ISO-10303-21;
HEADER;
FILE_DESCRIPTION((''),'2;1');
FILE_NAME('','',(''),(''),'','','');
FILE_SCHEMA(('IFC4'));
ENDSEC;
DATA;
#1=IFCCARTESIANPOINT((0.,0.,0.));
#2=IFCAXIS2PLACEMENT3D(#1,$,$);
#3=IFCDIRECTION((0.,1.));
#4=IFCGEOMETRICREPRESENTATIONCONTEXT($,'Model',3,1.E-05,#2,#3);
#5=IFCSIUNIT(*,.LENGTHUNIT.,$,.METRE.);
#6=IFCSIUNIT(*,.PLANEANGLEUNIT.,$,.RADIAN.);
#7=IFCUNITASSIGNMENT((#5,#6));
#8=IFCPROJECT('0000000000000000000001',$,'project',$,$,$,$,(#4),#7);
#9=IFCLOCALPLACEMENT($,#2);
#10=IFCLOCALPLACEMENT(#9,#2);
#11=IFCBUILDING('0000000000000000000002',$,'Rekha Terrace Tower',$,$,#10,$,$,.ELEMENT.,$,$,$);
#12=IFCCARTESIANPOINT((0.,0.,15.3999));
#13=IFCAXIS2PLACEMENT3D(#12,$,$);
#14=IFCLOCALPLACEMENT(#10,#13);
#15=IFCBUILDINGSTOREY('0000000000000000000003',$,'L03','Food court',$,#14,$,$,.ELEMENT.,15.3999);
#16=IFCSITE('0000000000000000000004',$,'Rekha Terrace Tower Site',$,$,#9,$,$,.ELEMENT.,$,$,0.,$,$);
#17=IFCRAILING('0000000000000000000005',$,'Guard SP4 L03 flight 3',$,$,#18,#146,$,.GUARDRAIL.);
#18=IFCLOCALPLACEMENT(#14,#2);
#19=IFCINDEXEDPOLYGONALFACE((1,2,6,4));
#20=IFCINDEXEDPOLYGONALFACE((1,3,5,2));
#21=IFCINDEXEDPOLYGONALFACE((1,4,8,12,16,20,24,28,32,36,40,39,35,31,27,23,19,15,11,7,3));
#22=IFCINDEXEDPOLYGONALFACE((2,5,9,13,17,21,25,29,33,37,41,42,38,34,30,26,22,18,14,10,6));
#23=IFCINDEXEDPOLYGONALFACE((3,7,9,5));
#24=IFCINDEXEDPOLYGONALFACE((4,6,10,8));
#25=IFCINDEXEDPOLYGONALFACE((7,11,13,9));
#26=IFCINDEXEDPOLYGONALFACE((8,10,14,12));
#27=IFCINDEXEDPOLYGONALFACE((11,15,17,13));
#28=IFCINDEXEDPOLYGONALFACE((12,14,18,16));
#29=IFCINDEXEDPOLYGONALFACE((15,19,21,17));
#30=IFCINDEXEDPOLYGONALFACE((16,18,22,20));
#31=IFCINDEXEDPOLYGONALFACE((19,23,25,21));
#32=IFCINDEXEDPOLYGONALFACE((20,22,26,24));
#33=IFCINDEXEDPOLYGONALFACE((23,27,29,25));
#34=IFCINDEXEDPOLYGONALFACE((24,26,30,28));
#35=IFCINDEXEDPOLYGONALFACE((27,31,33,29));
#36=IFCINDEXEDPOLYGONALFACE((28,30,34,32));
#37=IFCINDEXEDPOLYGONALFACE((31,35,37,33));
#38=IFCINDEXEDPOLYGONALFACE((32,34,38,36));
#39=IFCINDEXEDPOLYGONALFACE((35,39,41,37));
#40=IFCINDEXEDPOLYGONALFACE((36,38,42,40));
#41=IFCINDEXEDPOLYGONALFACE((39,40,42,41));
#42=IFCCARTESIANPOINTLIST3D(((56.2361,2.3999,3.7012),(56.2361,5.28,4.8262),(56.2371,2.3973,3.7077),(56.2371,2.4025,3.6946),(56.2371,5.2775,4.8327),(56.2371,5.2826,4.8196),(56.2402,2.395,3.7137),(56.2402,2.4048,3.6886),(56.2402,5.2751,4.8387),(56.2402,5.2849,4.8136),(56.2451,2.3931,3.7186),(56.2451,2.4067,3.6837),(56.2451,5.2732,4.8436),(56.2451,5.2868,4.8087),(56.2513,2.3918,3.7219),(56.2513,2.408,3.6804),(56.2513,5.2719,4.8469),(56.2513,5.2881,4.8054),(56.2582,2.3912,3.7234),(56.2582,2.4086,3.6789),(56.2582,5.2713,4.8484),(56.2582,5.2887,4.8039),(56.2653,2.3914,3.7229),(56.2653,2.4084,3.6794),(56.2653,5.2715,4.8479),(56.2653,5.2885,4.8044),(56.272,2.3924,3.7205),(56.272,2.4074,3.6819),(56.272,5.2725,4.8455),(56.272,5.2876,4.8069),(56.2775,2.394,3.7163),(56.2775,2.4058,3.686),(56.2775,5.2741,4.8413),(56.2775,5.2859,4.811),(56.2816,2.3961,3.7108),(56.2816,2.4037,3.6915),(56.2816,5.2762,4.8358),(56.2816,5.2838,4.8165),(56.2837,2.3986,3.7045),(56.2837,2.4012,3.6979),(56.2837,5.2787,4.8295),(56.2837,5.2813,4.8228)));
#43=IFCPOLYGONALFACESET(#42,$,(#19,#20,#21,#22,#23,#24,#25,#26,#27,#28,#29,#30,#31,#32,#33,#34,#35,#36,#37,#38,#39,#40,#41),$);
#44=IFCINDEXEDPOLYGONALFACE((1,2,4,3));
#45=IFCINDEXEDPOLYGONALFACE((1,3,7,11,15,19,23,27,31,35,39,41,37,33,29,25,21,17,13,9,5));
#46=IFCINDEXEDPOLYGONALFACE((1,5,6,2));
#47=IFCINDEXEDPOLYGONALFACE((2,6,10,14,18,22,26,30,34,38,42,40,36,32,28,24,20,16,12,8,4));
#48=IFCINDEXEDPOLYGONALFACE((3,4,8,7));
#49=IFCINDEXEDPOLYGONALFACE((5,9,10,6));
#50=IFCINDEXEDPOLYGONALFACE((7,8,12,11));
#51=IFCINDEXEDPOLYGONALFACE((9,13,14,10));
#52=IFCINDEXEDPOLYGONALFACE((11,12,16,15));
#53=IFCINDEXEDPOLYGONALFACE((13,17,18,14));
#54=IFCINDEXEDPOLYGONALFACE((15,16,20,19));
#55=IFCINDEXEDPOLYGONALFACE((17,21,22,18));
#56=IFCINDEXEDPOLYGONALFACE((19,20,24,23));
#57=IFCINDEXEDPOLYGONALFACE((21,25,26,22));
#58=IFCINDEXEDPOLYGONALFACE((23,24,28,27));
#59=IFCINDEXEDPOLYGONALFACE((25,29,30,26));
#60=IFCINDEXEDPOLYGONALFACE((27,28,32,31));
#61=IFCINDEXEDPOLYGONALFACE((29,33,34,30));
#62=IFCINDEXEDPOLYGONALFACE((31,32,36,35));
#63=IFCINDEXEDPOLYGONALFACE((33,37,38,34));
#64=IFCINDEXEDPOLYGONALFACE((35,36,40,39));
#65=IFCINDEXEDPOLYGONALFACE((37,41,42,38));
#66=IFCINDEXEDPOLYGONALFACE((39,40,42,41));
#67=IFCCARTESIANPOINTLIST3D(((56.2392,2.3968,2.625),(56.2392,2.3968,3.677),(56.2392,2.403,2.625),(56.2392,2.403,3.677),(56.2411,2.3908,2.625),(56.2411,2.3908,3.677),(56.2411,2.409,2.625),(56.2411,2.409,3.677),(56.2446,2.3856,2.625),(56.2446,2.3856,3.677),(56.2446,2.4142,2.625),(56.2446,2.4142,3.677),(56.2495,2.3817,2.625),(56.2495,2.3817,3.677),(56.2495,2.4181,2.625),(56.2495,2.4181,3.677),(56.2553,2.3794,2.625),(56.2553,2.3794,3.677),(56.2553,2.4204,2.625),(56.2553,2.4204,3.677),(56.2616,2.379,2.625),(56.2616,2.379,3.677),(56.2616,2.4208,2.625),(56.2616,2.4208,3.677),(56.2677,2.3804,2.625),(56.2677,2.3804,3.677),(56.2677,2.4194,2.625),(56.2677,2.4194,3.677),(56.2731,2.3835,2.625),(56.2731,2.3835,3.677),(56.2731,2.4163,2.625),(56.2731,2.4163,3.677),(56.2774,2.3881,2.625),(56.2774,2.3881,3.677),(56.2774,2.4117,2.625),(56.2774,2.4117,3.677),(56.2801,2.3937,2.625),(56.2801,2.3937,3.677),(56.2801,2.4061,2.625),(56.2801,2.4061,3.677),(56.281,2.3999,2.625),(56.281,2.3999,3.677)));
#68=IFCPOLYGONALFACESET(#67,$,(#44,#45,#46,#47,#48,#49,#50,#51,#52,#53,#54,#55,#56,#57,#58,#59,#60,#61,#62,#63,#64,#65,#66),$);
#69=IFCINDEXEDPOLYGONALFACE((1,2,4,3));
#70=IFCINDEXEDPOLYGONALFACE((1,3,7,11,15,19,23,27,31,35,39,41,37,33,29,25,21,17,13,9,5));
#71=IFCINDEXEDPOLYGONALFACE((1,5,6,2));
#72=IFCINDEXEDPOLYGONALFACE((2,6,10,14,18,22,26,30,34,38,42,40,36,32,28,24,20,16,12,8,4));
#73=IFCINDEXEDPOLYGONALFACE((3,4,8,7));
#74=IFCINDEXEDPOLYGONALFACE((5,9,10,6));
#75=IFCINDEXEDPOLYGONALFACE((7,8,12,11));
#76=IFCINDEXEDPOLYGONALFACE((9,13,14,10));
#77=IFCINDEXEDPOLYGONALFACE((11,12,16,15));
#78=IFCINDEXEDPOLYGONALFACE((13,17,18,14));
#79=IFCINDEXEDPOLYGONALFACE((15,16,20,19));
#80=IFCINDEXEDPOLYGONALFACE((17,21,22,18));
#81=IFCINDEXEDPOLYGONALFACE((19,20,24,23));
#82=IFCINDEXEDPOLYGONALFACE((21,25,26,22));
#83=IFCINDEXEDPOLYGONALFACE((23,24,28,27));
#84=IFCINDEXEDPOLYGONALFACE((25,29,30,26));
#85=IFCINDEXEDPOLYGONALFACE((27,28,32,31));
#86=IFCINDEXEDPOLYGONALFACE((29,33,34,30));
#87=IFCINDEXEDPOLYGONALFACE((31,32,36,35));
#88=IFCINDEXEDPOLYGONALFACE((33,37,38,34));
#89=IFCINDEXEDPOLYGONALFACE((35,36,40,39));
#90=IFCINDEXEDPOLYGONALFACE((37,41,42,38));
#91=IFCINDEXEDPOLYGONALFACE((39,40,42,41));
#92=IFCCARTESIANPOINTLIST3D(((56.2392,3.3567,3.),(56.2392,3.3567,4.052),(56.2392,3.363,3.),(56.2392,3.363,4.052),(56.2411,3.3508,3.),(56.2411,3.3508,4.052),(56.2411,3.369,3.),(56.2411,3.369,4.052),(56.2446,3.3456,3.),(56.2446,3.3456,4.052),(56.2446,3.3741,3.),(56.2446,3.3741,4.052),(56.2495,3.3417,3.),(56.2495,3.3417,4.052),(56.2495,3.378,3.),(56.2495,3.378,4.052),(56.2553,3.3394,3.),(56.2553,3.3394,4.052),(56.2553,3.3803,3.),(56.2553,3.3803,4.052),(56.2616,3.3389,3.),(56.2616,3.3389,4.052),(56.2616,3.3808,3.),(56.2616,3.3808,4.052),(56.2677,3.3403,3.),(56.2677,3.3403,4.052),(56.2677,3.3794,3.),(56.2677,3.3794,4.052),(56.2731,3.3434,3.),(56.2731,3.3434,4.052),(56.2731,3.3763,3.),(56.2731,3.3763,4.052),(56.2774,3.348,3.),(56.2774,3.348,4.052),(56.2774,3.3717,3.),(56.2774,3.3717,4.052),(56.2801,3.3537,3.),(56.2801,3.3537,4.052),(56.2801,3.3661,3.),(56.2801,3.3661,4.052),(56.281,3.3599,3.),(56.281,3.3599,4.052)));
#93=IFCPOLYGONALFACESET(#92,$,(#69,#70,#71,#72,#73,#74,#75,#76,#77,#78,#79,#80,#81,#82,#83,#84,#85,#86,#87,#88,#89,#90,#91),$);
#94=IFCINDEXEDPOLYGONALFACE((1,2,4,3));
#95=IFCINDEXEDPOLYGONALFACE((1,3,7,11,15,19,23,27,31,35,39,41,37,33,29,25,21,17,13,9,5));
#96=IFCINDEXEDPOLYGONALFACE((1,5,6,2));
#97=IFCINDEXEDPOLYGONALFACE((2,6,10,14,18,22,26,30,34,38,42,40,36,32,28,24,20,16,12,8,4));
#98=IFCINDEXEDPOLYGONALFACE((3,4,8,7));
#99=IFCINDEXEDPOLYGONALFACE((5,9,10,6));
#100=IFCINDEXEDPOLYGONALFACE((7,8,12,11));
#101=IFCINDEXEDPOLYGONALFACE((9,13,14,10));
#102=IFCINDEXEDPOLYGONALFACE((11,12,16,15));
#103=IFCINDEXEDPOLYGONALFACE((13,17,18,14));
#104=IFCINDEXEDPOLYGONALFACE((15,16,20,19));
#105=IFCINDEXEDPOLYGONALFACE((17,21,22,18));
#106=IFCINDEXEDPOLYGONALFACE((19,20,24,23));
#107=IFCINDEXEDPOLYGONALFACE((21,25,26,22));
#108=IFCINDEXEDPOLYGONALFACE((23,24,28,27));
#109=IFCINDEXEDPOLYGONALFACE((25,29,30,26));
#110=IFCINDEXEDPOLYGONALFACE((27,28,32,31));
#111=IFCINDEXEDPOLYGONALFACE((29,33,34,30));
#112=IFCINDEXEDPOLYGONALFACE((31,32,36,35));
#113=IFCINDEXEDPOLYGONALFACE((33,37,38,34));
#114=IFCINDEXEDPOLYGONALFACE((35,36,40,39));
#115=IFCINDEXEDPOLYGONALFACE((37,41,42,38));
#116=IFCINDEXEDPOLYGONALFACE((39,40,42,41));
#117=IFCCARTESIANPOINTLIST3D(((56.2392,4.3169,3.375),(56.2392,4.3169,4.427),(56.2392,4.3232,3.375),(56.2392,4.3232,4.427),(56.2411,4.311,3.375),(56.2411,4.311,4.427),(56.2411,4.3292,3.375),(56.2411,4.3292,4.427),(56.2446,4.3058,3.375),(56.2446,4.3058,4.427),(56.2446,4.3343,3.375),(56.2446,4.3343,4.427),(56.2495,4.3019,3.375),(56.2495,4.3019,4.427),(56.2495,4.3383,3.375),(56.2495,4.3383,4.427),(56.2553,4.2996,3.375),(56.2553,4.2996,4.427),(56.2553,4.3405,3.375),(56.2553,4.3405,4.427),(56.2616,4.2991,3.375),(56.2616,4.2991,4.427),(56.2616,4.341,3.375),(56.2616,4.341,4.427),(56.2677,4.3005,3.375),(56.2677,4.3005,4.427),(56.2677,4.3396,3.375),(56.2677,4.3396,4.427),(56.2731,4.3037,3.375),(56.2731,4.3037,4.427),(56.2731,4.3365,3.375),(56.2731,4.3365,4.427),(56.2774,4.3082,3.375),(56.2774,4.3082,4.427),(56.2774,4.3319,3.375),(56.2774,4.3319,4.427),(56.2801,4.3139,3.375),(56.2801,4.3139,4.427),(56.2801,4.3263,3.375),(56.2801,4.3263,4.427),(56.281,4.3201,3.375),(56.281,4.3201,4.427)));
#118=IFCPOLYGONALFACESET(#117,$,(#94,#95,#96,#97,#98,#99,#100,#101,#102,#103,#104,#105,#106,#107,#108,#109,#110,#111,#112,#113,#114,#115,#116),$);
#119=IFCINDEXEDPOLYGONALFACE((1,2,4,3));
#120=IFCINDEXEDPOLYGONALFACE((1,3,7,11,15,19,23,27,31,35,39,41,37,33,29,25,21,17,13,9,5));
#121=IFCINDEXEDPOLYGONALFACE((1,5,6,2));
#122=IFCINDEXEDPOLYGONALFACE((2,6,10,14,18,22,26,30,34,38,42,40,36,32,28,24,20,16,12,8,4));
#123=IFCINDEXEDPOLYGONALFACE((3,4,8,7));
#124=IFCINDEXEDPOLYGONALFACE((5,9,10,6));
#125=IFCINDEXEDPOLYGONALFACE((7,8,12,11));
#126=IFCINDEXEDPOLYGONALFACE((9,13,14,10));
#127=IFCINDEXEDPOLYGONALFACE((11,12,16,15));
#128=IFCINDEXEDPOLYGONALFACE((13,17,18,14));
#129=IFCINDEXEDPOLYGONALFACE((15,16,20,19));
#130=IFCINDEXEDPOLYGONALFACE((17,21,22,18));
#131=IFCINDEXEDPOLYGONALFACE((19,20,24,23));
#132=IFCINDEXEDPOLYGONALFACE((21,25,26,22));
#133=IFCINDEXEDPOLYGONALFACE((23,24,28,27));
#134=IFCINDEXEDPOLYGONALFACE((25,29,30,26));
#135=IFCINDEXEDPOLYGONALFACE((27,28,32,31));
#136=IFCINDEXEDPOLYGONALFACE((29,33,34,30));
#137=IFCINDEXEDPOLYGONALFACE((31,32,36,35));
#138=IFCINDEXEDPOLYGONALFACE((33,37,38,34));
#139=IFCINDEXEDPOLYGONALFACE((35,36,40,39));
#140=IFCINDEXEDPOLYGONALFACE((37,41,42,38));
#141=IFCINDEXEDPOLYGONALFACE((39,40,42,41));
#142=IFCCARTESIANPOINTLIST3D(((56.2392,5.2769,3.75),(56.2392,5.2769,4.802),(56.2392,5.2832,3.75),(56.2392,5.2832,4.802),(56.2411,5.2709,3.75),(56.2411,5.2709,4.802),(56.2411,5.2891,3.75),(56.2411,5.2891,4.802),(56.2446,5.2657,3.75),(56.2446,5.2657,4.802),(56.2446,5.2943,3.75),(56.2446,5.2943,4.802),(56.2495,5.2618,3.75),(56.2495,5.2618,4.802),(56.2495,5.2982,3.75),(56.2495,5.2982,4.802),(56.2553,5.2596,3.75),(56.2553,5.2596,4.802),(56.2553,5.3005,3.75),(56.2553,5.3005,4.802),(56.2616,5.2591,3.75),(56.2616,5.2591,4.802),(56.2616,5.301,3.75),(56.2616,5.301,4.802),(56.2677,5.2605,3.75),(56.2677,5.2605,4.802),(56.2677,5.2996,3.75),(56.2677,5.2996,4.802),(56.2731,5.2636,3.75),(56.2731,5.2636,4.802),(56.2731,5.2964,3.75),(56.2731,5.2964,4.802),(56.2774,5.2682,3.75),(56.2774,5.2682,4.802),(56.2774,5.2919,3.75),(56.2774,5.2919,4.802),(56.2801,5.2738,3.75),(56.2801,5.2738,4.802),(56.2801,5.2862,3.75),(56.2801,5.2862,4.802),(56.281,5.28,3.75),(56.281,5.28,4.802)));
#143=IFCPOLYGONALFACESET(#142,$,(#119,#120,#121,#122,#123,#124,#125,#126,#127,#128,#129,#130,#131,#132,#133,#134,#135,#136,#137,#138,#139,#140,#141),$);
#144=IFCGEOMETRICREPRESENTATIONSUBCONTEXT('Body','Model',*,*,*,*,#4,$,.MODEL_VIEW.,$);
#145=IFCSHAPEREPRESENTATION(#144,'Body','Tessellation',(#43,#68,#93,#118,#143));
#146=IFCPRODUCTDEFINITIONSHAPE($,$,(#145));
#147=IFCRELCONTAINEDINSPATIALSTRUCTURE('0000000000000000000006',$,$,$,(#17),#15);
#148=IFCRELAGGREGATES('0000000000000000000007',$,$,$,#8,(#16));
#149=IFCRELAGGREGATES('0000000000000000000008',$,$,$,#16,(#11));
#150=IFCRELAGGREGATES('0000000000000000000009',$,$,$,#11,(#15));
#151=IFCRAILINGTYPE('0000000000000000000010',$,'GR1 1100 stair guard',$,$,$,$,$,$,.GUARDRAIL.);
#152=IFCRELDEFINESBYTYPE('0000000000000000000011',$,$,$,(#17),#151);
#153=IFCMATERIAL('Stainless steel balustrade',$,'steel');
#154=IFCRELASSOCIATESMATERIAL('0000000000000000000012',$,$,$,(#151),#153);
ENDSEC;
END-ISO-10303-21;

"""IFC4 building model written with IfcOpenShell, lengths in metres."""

from ifc_helpers import new_model, si_unit, direction, frame, origin, origin_2d, place, context, subcontext, project, spatial, circle, extrude, material, type_object, element, save


model = new_model("IFC4")

# Units and contexts
model_context = context("Model", 3, precision=1e-05, world=origin(), true_north=direction((0.0, 1.0)))
body_context = subcontext(model_context, "Body", "Model", "MODEL_VIEW")
ifc_project = project(units=[si_unit("LENGTHUNIT", "METRE"), si_unit("PLANEANGLEUNIT", "RADIAN")], contexts=[model_context])

# Site, building, storey
site_placement = place(None, origin())
site = spatial("IfcSite", under=ifc_project, at=site_placement, Name="Rekha Terrace Tower Site", CompositionType="ELEMENT", RefElevation=0.0)
building_placement = place(site_placement, origin())
building = spatial("IfcBuilding", under=site, at=building_placement, Name="Rekha Terrace Tower", CompositionType="ELEMENT")
storey_placement = place(building_placement, frame((0.0, 0.0, 15.3999)))
storey = spatial("IfcBuildingStorey", under=building, at=storey_placement, Name="L03", Description="Food court", CompositionType="ELEMENT", Elevation=15.3999)

# Railing
ifc_material_1 = material(Name="Stainless steel balustrade", Category="steel")
railing_type_1 = type_object("IfcRailingType", Name="GR1 1100 stair guard", PredefinedType="GUARDRAIL", material=ifc_material_1)
railing_1_placement = place(storey_placement, frame((56.26, 2.3999, 2.625)))
element("IfcRailing", 1, at=railing_1_placement, inside=storey, type_object=railing_type_1, Name="Guard SP4 L03 flight 3", PredefinedType="GUARDRAIL", context=body_context, shape_type="SweptSolid", body=[
    extrude(circle(Radius=0.0239, at=origin_2d()), frame((0.0, 0.0, 1.0762), z_axis=(0.0, 0.931463, 0.363837), x_axis=(-1.0, 0.0, 0.0)), (0.0, 0.0, 1.0), 3.092),
    extrude(circle(Radius=0.021, at=origin_2d()), origin(), (0.0, 0.0, 1.0), 1.052),
    extrude(circle(Radius=0.021, at=origin_2d()), frame((0.0, 0.96, 0.375)), (0.0, 0.0, 1.0), 1.052),
    extrude(circle(Radius=0.021, at=origin_2d()), frame((0.0, 1.9202, 0.75)), (0.0, 0.0, 1.0), 1.052),
    extrude(circle(Radius=0.021, at=origin_2d()), frame((0.0, 2.8801, 1.125)), (0.0, 0.0, 1.0), 1.052),
])

save(model, "model.ifc")
